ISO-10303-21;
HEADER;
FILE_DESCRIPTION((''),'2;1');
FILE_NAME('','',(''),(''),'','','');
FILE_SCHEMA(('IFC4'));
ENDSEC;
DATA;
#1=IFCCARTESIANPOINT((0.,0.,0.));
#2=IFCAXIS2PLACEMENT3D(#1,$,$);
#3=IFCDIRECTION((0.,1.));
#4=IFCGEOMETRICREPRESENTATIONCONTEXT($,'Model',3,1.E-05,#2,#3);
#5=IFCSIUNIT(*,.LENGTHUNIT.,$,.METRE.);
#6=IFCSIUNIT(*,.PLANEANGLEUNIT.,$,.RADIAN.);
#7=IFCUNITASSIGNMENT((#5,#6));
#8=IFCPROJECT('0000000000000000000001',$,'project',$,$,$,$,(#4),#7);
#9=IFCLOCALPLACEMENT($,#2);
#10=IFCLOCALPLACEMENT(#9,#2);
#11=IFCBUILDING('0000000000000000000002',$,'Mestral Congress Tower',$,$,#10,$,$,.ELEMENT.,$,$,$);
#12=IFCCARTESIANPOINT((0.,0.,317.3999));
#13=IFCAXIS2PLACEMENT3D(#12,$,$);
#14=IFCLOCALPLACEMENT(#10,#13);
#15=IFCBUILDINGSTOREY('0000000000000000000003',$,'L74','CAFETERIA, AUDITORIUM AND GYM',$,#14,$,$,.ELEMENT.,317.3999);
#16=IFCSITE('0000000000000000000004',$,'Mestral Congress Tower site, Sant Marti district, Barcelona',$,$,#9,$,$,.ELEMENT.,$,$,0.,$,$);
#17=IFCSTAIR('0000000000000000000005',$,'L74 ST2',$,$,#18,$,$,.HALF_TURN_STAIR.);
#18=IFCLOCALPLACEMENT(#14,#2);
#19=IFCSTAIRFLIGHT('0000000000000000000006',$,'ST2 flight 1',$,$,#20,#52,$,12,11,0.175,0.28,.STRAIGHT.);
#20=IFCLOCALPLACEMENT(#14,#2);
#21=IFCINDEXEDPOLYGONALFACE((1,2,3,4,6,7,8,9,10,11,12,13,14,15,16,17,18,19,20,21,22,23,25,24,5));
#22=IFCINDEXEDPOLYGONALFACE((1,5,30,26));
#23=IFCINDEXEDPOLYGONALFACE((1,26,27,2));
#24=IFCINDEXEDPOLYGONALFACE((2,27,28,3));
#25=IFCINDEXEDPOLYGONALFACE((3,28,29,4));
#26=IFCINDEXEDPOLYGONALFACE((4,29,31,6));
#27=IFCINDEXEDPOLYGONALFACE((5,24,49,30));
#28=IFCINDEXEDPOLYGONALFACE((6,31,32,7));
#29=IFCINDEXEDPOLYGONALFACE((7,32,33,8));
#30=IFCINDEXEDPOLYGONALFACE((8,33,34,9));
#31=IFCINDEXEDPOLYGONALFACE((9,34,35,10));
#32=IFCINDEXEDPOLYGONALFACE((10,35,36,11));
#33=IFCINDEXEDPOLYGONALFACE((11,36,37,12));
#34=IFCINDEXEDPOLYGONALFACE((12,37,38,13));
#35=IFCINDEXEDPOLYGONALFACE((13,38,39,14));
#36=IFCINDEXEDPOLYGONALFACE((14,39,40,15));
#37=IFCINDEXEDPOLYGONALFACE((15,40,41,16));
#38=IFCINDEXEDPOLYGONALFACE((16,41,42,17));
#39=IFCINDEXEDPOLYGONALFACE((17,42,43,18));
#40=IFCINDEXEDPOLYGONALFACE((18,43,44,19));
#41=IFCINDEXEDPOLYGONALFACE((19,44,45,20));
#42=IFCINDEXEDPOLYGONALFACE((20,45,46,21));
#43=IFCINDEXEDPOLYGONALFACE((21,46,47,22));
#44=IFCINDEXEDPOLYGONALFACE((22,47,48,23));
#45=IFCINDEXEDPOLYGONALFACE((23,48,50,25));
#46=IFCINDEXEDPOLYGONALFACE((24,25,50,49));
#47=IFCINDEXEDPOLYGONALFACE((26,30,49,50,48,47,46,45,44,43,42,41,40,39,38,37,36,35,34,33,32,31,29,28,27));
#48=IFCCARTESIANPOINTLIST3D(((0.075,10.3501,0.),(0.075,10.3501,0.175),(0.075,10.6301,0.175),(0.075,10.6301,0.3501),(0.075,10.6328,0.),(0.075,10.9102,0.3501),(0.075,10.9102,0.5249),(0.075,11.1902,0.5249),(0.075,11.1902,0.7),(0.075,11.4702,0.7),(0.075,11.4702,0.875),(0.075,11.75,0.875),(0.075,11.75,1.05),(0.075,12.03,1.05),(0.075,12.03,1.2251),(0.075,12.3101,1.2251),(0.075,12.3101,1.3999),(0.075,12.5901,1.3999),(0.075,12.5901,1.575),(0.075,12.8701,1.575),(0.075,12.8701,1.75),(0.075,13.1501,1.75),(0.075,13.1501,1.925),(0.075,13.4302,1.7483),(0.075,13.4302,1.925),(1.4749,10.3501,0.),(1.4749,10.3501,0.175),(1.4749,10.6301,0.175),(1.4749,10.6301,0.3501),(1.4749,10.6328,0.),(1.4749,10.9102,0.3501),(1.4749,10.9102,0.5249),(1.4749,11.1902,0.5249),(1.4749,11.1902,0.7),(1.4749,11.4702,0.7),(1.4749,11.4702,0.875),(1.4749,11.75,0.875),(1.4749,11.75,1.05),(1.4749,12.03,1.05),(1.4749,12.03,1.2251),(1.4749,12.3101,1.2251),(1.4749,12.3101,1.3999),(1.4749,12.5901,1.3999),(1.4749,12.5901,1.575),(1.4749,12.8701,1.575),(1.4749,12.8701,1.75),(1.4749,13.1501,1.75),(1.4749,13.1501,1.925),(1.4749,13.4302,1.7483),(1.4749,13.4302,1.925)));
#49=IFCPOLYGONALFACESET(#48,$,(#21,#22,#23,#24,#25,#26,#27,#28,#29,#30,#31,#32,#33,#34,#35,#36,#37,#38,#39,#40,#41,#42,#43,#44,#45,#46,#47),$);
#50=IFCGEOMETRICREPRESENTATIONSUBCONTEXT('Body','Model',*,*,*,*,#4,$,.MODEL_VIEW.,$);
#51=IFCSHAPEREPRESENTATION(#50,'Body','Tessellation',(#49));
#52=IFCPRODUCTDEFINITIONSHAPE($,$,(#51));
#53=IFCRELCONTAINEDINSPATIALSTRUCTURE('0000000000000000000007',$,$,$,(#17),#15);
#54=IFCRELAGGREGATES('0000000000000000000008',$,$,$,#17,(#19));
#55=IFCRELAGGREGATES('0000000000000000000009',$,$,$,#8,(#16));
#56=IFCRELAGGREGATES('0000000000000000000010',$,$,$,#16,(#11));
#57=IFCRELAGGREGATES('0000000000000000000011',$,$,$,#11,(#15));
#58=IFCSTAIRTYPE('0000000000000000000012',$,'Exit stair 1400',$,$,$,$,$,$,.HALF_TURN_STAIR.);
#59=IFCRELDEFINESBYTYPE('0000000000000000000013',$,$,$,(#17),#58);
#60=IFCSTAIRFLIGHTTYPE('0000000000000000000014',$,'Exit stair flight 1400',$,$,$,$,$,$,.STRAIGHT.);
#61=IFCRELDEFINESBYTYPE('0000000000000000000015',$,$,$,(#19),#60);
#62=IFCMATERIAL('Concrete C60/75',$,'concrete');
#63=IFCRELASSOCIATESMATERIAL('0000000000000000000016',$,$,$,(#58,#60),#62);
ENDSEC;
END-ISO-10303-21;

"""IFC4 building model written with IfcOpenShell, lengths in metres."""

from ifc_helpers import new_model, si_unit, direction, frame, origin, place, context, subcontext, project, spatial, polyline, outline, extrude, material, type_object, element, aggregate, save


model = new_model("IFC4")

# Units and contexts
model_context = context("Model", 3, precision=1e-05, world=origin(), true_north=direction((0.0, 1.0)))
body_context = subcontext(model_context, "Body", "Model", "MODEL_VIEW")
ifc_project = project(units=[si_unit("LENGTHUNIT", "METRE"), si_unit("PLANEANGLEUNIT", "RADIAN")], contexts=[model_context])

# Site, building, storey
site_placement = place(None, origin())
site = spatial("IfcSite", under=ifc_project, at=site_placement, Name="Mestral Congress Tower site, Sant Marti district, Barcelona", CompositionType="ELEMENT", RefElevation=0.0)
building_placement = place(site_placement, origin())
building = spatial("IfcBuilding", under=site, at=building_placement, Name="Mestral Congress Tower", CompositionType="ELEMENT")
storey_placement = place(building_placement, frame((0.0, 0.0, 317.3999)))
storey = spatial("IfcBuildingStorey", under=building, at=storey_placement, Name="L74", Description="CAFETERIA, AUDITORIUM AND GYM", CompositionType="ELEMENT", Elevation=317.3999)

# Shared definitions
ifc_material_1 = material(Name="Concrete C60/75", Category="concrete")

# Stair, stair flight
stair_type = type_object("IfcStairType", Name="Exit stair 1400", PredefinedType="HALF_TURN_STAIR", material=ifc_material_1)
stair_placement = place(storey_placement, origin())
stair = element("IfcStair", 1, at=stair_placement, inside=storey, type_object=stair_type, Name="L74 ST2", PredefinedType="HALF_TURN_STAIR")
stair_flight_type = type_object("IfcStairFlightType", Name="Exit stair flight 1400", PredefinedType="STRAIGHT", material=ifc_material_1)
stair_flight_placement = place(storey_placement, frame((0.7749, 10.3501, 0.0), z_axis=(0.0, 0.0, 1.0), x_axis=(0.0, 1.0, 0.0)))
stair_flight = element("IfcStairFlight", 2, at=stair_flight_placement, type_object=stair_flight_type, Name="ST2 flight 1", NumberOfRisers=12, NumberOfTreads=11, PredefinedType="STRAIGHT", RiserHeight=0.175, TreadLength=0.28, context=body_context, shape_type="SweptSolid", body=[
    extrude(outline(polyline([(0.0, 0.0), (0.0, 0.175), (0.28, 0.175), (0.28, 0.3501), (0.5601, 0.3501), (0.5601, 0.5249), (0.8401, 0.5249), (0.8401, 0.7), (1.1201, 0.7), (1.1201, 0.875), (1.3999, 0.875), (1.3999, 1.05), (1.6799, 1.05), (1.6799, 1.2251), (1.96, 1.2251), (1.96, 1.3999), (2.24, 1.3999), (2.24, 1.575), (2.52, 1.575), (2.52, 1.75), (2.8, 1.75), (2.8, 1.925), (3.0801, 1.925), (3.0801, 2.1001), (3.0801, 1.7483), (0.2827, 0.0), (0.0, 0.0)])), frame((0.0, 0.7, 0.0), z_axis=(0.0, -1.0, 0.0), x_axis=(1.0, 0.0, 0.0)), (0.0, 0.0, 1.0), 1.3999),
])
aggregate(stair, [stair_flight])

save(model, "model.ifc")
